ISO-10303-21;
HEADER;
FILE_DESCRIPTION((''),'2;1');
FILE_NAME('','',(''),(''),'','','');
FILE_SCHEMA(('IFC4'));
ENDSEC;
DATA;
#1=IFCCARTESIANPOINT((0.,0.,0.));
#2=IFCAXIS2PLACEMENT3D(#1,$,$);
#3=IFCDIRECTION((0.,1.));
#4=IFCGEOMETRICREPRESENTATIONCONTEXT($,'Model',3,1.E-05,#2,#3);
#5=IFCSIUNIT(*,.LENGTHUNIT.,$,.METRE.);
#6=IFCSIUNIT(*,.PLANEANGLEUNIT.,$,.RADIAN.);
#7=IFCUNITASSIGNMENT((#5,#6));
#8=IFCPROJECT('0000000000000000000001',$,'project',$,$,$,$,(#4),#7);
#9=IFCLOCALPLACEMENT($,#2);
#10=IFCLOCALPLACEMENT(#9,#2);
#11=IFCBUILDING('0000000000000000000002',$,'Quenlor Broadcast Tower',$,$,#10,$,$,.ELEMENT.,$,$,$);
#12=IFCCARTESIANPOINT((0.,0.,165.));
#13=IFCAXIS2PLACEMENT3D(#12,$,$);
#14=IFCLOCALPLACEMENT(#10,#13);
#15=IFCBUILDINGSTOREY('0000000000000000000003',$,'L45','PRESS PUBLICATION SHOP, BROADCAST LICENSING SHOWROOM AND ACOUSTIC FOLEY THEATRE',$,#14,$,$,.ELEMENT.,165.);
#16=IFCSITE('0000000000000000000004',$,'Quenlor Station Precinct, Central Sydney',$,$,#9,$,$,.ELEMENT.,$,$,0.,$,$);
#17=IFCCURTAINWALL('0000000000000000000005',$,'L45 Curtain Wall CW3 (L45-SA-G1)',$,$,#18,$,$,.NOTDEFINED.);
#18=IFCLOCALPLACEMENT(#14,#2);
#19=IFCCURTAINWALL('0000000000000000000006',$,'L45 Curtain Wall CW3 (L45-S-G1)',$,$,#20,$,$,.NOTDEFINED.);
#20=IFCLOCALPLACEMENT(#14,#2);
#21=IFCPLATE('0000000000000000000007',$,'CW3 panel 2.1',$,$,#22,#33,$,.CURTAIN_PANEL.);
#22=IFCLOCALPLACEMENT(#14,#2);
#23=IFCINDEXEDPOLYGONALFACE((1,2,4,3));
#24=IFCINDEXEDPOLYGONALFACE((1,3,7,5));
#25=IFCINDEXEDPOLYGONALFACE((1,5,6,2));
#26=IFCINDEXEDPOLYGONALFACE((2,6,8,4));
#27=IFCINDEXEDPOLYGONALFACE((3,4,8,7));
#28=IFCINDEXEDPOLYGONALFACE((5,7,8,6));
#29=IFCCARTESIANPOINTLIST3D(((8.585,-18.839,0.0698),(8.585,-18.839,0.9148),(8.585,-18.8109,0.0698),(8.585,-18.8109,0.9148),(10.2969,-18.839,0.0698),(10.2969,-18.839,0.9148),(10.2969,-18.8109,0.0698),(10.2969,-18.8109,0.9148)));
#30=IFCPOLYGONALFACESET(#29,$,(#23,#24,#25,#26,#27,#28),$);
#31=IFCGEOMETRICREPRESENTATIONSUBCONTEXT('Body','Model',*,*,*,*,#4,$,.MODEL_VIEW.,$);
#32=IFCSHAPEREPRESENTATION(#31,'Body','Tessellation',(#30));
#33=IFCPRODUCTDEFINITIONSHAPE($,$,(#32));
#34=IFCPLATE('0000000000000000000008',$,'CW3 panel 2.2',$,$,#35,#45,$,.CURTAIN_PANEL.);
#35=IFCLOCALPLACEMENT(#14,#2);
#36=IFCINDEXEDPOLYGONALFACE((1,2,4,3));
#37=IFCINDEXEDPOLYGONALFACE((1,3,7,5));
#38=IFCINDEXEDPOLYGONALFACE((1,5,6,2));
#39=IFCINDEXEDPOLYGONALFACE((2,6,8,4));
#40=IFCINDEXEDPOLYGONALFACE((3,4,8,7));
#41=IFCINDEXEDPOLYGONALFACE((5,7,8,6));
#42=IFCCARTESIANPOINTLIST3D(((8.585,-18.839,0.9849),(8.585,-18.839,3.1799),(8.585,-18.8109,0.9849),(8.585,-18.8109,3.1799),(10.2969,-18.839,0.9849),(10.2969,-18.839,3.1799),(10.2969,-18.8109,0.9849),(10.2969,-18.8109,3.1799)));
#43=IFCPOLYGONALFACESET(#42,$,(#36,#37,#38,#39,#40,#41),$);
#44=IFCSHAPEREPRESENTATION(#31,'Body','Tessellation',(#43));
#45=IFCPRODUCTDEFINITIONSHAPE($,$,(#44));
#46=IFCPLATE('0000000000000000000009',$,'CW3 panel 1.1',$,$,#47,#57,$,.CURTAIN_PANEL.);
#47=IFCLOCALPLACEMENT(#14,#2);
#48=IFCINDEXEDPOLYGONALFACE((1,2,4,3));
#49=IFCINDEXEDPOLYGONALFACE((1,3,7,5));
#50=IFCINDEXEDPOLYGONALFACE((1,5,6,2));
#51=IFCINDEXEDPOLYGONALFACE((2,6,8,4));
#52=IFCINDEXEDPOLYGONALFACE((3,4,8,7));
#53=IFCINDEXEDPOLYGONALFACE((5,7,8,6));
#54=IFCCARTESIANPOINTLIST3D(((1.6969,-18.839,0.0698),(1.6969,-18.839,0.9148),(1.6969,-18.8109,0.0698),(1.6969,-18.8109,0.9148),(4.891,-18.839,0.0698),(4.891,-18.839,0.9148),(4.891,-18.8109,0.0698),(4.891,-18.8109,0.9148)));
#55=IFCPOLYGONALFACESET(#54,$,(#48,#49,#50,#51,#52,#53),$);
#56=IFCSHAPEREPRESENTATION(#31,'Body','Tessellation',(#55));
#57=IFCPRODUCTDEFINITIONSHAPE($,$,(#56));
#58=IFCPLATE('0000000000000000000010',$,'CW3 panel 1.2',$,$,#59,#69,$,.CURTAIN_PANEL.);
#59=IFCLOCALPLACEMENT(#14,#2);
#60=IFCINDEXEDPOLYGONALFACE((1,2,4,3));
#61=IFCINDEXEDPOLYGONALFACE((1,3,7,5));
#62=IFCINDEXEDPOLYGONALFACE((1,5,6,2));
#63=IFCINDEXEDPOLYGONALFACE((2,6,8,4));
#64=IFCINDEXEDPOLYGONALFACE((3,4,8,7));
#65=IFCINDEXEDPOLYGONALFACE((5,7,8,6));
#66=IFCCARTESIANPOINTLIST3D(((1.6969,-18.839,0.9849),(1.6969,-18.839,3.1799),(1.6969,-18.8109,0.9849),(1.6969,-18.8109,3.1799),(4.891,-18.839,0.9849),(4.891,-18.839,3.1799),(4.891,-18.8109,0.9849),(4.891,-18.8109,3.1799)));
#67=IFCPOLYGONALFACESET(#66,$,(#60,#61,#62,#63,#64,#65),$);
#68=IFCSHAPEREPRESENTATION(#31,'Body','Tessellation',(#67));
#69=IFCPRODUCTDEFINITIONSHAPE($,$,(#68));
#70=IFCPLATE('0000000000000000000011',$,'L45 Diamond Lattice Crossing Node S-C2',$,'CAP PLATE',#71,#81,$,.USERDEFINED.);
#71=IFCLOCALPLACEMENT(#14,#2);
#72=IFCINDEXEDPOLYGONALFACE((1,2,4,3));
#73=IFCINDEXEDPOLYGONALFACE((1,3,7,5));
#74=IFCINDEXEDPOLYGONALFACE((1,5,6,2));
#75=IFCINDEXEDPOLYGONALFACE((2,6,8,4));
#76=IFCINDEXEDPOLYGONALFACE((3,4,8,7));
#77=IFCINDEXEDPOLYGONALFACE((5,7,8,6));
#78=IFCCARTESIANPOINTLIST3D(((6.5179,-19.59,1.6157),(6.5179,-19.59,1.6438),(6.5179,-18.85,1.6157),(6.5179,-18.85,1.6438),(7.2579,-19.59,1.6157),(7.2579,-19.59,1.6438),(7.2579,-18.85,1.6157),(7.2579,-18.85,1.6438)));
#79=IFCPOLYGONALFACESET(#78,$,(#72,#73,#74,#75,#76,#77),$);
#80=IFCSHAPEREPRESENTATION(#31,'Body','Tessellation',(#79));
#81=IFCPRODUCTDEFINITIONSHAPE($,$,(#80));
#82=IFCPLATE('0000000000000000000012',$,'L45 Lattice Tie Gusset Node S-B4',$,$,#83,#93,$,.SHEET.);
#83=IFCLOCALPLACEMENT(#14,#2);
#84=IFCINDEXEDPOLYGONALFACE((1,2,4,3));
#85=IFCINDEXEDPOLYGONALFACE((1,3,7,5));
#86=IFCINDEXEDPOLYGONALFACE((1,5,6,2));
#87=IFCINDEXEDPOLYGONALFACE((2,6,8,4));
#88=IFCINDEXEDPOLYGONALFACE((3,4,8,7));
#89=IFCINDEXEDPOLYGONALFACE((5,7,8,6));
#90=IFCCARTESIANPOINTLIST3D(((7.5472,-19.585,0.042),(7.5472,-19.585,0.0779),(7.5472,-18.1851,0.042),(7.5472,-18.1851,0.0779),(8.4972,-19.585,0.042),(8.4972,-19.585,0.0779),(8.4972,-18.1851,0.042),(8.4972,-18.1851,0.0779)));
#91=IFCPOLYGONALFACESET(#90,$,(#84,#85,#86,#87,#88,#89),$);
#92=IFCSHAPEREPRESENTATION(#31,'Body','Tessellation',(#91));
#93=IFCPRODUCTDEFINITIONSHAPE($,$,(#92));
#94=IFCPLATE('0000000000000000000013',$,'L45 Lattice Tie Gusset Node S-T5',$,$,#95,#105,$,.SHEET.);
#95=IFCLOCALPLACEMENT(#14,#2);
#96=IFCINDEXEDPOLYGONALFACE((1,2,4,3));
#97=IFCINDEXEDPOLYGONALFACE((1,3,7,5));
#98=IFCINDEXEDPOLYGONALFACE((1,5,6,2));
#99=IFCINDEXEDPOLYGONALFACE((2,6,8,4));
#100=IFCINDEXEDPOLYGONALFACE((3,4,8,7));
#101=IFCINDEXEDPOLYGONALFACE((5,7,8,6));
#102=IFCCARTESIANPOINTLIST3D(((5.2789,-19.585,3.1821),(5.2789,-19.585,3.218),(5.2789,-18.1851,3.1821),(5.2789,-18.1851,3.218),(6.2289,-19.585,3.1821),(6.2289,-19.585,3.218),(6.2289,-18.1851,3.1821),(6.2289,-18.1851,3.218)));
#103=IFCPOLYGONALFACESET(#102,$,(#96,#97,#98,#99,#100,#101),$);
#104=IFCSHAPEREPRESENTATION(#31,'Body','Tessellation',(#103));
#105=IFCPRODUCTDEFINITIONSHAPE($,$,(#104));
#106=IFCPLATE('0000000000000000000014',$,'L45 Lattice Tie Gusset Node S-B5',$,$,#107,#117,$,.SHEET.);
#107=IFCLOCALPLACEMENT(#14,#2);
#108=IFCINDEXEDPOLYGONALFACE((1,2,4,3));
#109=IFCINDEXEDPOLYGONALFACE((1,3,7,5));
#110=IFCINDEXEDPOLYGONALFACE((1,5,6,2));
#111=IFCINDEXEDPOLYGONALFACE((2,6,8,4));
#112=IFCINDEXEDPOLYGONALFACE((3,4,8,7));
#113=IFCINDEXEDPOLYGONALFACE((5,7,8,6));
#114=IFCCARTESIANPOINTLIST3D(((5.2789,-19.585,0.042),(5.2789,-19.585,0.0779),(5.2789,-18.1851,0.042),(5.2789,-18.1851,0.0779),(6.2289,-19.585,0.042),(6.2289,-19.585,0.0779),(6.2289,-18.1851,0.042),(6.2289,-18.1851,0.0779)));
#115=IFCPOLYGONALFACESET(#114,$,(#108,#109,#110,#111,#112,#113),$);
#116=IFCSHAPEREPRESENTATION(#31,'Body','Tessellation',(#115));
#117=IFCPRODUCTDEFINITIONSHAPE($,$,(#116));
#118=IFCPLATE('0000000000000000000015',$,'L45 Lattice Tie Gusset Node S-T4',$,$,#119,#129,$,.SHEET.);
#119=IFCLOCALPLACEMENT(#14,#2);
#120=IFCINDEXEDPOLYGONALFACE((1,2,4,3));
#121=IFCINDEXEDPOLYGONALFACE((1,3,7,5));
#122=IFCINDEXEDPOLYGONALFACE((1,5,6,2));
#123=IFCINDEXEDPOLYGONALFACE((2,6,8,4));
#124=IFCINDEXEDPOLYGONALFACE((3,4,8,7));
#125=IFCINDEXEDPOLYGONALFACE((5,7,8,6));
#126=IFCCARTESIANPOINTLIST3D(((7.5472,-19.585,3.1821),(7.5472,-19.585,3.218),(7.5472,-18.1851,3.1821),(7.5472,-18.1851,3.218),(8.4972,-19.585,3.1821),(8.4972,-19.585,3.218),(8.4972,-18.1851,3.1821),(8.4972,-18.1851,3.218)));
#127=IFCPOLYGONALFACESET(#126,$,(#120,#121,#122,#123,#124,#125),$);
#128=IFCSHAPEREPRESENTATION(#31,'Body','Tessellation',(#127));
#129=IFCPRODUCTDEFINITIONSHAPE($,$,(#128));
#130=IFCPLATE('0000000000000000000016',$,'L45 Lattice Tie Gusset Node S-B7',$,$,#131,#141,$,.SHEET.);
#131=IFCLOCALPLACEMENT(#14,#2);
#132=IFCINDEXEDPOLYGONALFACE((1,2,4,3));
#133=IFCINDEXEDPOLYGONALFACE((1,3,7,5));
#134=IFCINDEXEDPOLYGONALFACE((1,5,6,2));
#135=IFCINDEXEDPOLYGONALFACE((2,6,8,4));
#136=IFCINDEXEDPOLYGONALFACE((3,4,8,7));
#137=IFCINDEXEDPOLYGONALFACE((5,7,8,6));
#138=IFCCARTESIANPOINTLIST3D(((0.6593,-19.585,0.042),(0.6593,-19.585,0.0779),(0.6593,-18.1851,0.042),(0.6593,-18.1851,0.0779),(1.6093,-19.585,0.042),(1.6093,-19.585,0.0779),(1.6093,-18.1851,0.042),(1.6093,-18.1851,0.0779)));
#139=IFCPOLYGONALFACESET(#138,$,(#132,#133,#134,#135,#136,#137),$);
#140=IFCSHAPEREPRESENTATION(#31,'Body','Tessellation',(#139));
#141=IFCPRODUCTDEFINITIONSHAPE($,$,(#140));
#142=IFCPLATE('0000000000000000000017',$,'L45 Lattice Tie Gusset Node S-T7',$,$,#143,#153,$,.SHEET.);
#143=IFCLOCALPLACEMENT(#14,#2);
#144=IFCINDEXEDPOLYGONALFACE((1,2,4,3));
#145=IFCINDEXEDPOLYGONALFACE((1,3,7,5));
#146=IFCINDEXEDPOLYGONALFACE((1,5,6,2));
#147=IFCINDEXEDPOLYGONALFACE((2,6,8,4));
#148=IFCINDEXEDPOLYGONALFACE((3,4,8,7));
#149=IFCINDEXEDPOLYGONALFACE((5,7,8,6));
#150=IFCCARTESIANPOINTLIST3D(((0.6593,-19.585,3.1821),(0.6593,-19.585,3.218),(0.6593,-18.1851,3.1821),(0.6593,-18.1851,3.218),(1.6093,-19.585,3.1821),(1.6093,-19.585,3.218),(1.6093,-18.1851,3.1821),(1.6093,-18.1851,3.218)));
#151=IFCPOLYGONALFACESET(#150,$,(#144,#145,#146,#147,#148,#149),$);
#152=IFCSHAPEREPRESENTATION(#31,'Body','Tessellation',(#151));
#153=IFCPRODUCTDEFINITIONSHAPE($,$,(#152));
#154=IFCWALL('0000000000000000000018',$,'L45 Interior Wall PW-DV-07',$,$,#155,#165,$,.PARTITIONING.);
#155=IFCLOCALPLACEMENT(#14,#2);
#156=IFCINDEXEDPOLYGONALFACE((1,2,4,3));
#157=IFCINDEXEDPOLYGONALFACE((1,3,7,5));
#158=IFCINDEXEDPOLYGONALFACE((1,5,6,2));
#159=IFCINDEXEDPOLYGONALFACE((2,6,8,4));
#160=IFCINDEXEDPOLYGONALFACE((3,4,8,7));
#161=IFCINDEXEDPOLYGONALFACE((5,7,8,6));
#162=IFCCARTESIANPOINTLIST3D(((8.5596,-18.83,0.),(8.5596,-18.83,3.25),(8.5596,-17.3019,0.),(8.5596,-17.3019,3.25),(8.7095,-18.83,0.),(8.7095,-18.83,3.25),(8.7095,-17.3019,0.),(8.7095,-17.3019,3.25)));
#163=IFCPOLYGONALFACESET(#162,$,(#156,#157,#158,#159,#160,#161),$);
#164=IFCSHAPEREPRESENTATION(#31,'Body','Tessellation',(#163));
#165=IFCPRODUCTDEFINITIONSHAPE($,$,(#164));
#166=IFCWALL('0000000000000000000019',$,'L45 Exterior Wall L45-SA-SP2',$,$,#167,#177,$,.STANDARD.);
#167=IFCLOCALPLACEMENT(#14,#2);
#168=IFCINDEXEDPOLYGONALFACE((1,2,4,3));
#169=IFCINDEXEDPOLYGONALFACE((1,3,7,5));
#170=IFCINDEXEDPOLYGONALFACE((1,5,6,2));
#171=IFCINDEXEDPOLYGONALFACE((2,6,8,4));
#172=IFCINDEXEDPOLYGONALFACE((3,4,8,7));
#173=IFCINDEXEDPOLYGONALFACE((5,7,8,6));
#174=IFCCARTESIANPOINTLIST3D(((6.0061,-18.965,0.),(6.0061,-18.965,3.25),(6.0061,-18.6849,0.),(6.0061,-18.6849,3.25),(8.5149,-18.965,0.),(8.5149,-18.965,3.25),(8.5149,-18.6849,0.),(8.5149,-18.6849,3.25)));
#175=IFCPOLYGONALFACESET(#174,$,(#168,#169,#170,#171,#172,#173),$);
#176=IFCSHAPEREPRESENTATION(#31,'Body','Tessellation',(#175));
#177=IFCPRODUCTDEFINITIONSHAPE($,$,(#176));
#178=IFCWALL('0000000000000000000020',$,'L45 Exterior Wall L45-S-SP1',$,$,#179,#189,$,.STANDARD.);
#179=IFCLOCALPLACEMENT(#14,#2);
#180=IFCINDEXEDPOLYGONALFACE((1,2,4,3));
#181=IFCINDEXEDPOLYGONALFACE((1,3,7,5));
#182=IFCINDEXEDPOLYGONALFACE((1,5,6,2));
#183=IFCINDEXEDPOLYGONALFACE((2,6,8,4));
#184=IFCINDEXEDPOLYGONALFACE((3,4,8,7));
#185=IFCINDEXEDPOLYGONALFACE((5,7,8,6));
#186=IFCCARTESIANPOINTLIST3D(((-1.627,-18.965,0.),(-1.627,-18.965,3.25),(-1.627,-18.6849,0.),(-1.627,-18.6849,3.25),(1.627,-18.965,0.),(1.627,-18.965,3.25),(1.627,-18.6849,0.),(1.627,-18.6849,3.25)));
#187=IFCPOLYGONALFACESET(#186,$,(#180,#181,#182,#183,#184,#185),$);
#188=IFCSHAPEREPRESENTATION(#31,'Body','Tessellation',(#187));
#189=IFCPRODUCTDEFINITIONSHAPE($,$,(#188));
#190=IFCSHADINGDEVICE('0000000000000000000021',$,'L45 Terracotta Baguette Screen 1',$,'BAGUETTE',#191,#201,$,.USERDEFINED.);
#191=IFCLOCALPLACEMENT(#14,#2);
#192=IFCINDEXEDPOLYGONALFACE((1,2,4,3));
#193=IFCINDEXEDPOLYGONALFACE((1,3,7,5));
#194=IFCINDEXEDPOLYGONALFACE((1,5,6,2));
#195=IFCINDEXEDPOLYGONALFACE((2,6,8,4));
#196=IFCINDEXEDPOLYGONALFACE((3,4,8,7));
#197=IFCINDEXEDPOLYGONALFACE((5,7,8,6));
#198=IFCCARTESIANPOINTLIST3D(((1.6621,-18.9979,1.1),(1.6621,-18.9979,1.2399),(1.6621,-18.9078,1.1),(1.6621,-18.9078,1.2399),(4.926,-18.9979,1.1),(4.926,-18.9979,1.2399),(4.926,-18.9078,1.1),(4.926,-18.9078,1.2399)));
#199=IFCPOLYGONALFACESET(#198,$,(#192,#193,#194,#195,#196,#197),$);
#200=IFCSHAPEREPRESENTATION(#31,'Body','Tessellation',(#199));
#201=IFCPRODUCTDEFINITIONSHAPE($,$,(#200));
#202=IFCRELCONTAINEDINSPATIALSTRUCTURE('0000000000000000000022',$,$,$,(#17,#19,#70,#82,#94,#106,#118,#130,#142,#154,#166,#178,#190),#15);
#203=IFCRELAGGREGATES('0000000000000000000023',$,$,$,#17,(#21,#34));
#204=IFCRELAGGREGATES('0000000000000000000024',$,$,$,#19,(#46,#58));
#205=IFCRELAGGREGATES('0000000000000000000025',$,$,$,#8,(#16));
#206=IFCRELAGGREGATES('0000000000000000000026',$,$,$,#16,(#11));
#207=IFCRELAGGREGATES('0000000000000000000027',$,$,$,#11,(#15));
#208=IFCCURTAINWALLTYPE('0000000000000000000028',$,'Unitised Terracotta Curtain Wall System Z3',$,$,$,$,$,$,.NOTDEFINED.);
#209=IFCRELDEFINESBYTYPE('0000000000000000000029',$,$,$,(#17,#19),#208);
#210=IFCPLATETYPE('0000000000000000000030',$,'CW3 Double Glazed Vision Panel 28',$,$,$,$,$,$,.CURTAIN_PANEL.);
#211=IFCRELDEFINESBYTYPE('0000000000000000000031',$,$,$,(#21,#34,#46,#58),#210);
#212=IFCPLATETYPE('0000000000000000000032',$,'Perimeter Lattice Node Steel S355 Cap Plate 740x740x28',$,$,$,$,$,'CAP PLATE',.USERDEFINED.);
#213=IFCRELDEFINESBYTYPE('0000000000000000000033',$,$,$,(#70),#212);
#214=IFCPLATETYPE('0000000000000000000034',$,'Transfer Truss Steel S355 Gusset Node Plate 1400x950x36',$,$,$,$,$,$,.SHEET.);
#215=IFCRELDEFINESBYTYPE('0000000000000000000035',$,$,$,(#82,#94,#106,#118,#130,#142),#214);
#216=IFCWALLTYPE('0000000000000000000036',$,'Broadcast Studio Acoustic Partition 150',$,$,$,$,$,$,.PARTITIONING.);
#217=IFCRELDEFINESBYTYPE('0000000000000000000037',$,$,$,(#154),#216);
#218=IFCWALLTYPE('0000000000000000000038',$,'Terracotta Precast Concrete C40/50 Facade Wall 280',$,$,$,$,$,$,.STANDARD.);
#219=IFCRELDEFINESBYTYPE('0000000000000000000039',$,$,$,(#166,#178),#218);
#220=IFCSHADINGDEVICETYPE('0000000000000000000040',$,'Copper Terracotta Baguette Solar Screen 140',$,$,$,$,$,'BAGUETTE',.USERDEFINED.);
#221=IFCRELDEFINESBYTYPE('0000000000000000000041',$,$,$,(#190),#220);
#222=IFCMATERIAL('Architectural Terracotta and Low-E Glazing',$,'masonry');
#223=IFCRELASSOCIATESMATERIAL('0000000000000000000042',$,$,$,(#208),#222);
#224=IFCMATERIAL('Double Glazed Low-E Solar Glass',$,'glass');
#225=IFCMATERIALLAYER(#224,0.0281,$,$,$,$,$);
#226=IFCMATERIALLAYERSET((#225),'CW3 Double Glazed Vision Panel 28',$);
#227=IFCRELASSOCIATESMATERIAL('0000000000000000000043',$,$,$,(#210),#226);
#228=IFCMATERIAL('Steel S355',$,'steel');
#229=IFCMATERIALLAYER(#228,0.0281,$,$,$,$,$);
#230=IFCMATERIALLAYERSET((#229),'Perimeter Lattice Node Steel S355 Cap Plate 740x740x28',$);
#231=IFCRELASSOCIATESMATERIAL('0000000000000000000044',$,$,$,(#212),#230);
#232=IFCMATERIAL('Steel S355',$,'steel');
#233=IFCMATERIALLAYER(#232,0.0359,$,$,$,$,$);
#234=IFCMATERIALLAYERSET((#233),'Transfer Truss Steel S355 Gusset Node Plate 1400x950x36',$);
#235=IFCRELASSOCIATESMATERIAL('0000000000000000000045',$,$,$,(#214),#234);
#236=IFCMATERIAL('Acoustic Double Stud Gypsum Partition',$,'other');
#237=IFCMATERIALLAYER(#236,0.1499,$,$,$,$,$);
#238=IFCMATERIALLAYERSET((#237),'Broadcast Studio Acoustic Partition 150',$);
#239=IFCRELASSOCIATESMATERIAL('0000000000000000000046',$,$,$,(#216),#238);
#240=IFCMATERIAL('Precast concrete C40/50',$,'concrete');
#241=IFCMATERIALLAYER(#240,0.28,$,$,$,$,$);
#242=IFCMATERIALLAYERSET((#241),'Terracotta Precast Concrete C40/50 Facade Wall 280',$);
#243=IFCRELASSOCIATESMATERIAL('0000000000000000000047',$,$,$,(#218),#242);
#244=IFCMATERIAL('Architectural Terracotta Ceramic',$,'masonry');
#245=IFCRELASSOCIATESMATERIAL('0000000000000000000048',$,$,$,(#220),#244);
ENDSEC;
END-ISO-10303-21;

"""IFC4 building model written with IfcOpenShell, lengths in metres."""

from ifc_helpers import new_model, si_unit, direction, frame, frame_2d, origin, origin_2d, place, context, subcontext, project, spatial, rectangle, extrude, material, layer, layer_set, material_profile, profile_set, type_object, element, aggregate, save


model = new_model("IFC4")

# Units and contexts
model_context = context("Model", 3, precision=1e-05, world=origin(), true_north=direction((0.0, 1.0)))
body_context = subcontext(model_context, "Body", "Model", "MODEL_VIEW")
ifc_project = project(units=[si_unit("LENGTHUNIT", "METRE"), si_unit("PLANEANGLEUNIT", "RADIAN")], contexts=[model_context])

# Site, building, storey
site_placement = place(None, origin())
site = spatial("IfcSite", under=ifc_project, at=site_placement, Name="Quenlor Station Precinct, Central Sydney", CompositionType="ELEMENT", RefElevation=0.0)
building_placement = place(site_placement, origin())
building = spatial("IfcBuilding", under=site, at=building_placement, Name="Quenlor Broadcast Tower", CompositionType="ELEMENT")
storey_placement = place(building_placement, frame((0.0, 0.0, 165.0)))
storey = spatial("IfcBuildingStorey", under=building, at=storey_placement, Name="L45", Description="PRESS PUBLICATION SHOP, BROADCAST LICENSING SHOWROOM AND ACOUSTIC FOLEY THEATRE", CompositionType="ELEMENT", Elevation=165.0)

# Curtain wall
ifc_material_1 = material(Name="Architectural Terracotta and Low-E Glazing", Category="masonry")
curtain_wall_type = type_object("IfcCurtainWallType", Name="Unitised Terracotta Curtain Wall System Z3", PredefinedType="NOTDEFINED", material=ifc_material_1)
curtain_wall_1_placement = place(storey_placement, origin())
curtain_wall_1 = element("IfcCurtainWall", 1, at=curtain_wall_1_placement, inside=storey, type_object=curtain_wall_type, Name="L45 Curtain Wall CW3 (L45-SA-G1)", PredefinedType="NOTDEFINED")

# Curtain wall
curtain_wall_2_placement = place(storey_placement, origin())
curtain_wall_2 = element("IfcCurtainWall", 2, at=curtain_wall_2_placement, inside=storey, type_object=curtain_wall_type, Name="L45 Curtain Wall CW3 (L45-S-G1)", PredefinedType="NOTDEFINED")

# Plates
ifc_material_2 = material(Name="Double Glazed Low-E Solar Glass", Category="glass")
ifc_layer_1 = layer(ifc_material_2, 0.0281)
ifc_layer_set_1 = layer_set([ifc_layer_1], Name="CW3 Double Glazed Vision Panel 28")
plate_type_1 = type_object("IfcPlateType", Name="CW3 Double Glazed Vision Panel 28", PredefinedType="CURTAIN_PANEL", material=ifc_layer_set_1)
plate_1_placement = place(storey_placement, frame((9.4409, -18.825, 0.0698), z_axis=(0.0, 0.0, 1.0), x_axis=(-1.0, 0.0, 0.0)))
plate_1 = element("IfcPlate", 3, at=plate_1_placement, type_object=plate_type_1, Name="CW3 panel 2.1", PredefinedType="CURTAIN_PANEL", context=body_context, shape_type="SweptSolid", body=[
    extrude(rectangle(XDim=1.7119, YDim=0.0281, at=origin_2d()), origin(), (0.0, 0.0, 1.0), 0.845),
])
plate_2_placement = place(storey_placement, frame((9.4409, -18.825, 0.9849), z_axis=(0.0, 0.0, 1.0), x_axis=(-1.0, 0.0, 0.0)))
plate_2 = element("IfcPlate", 4, at=plate_2_placement, type_object=plate_type_1, Name="CW3 panel 2.2", PredefinedType="CURTAIN_PANEL", context=body_context, shape_type="SweptSolid", body=[
    extrude(rectangle(XDim=1.7119, YDim=0.0281, at=origin_2d()), origin(), (0.0, 0.0, 1.0), 2.1951),
])
aggregate(curtain_wall_1, [plate_1, plate_2])
plate_3_placement = place(storey_placement, frame((3.2939, -18.825, 0.0698), z_axis=(0.0, 0.0, 1.0), x_axis=(-1.0, 0.0, 0.0)))
plate_3 = element("IfcPlate", 5, at=plate_3_placement, type_object=plate_type_1, Name="CW3 panel 1.1", PredefinedType="CURTAIN_PANEL", context=body_context, shape_type="SweptSolid", body=[
    extrude(rectangle(XDim=3.1941, YDim=0.0281, at=origin_2d()), origin(), (0.0, 0.0, 1.0), 0.845),
])
plate_4_placement = place(storey_placement, frame((3.2939, -18.825, 0.9849), z_axis=(0.0, 0.0, 1.0), x_axis=(-1.0, 0.0, 0.0)))
plate_4 = element("IfcPlate", 6, at=plate_4_placement, type_object=plate_type_1, Name="CW3 panel 1.2", PredefinedType="CURTAIN_PANEL", context=body_context, shape_type="SweptSolid", body=[
    extrude(rectangle(XDim=3.1941, YDim=0.0281, at=origin_2d()), origin(), (0.0, 0.0, 1.0), 2.1951),
])
aggregate(curtain_wall_2, [plate_3, plate_4])

# Plates
ifc_material_3 = material(Name="Steel S355", Category="steel")
ifc_layer_2 = layer(ifc_material_3, 0.0281)
ifc_layer_set_2 = layer_set([ifc_layer_2], Name="Perimeter Lattice Node Steel S355 Cap Plate 740x740x28")
plate_type_2 = type_object("IfcPlateType", Name="Perimeter Lattice Node Steel S355 Cap Plate 740x740x28", ElementType="CAP PLATE", PredefinedType="USERDEFINED", material=ifc_layer_set_2)
plate_5_placement = place(storey_placement, frame((6.8879, -19.22, 1.6157), z_axis=(0.0, 0.0, 1.0), x_axis=(-1.0, 0.0, 0.0)))
element("IfcPlate", 7, at=plate_5_placement, inside=storey, type_object=plate_type_2, Name="L45 Diamond Lattice Crossing Node S-C2", ObjectType="CAP PLATE", PredefinedType="USERDEFINED", context=body_context, shape_type="SweptSolid", body=[
    extrude(rectangle(XDim=0.74, YDim=0.74, at=origin_2d()), origin(), (0.0, 0.0, 1.0), 0.0281),
])
ifc_material_4 = material(Name="Steel S355", Category="steel")
ifc_layer_3 = layer(ifc_material_4, 0.0359)
ifc_layer_set_3 = layer_set([ifc_layer_3], Name="Transfer Truss Steel S355 Gusset Node Plate 1400x950x36")
plate_type_3 = type_object("IfcPlateType", Name="Transfer Truss Steel S355 Gusset Node Plate 1400x950x36", PredefinedType="SHEET", material=ifc_layer_set_3)
for number, where, z_axis, x_axis, name in (
    (8, (8.0222, -18.885, 0.042), (0.0, 0.0, 1.0), (0.0, -1.0, 0.0), "L45 Lattice Tie Gusset Node S-B4"),
    (9, (5.7539, -18.885, 3.1821), (0.0, 0.0, 1.0), (0.0, -1.0, 0.0), "L45 Lattice Tie Gusset Node S-T5"),
    (10, (5.7539, -18.885, 0.042), (0.0, 0.0, 1.0), (0.0, -1.0, 0.0), "L45 Lattice Tie Gusset Node S-B5"),
    (11, (8.0222, -18.885, 3.1821), (0.0, 0.0, 1.0), (0.0, -1.0, 0.0), "L45 Lattice Tie Gusset Node S-T4"),
    (12, (1.1343, -18.885, 0.042), (0.0, 0.0, 1.0), (0.0, -1.0, 0.0), "L45 Lattice Tie Gusset Node S-B7"),
    (13, (1.1343, -18.885, 3.1821), (0.0, 0.0, 1.0), (0.0, -1.0, 0.0), "L45 Lattice Tie Gusset Node S-T7"),
):
    element("IfcPlate", number, at=place(storey_placement, frame(where, z_axis=z_axis, x_axis=x_axis)), inside=storey, type_object=plate_type_3, Name=name, PredefinedType="SHEET", context=body_context, shape_type="SweptSolid", body=[
        extrude(rectangle(XDim=1.3999, YDim=0.95, at=origin_2d()), origin(), (0.0, 0.0, 1.0), 0.0359),
    ])

# Walls
ifc_material_5 = material(Name="Acoustic Double Stud Gypsum Partition", Category="other")
ifc_layer_4 = layer(ifc_material_5, 0.1499)
ifc_layer_set_4 = layer_set([ifc_layer_4], Name="Broadcast Studio Acoustic Partition 150")
wall_type_1 = type_object("IfcWallType", Name="Broadcast Studio Acoustic Partition 150", PredefinedType="PARTITIONING", material=ifc_layer_set_4)
wall_1_placement = place(storey_placement, frame((8.6345, -18.8301, 0.0), z_axis=(0.0, 0.0, 1.0), x_axis=(0.0, 1.0, 0.0)))
element("IfcWall", 14, at=wall_1_placement, inside=storey, type_object=wall_type_1, Name="L45 Interior Wall PW-DV-07", PredefinedType="PARTITIONING", context=body_context, shape_type="SweptSolid", body=[
    extrude(rectangle(XDim=1.5281, YDim=0.1499, at=frame_2d((0.7642, 0.0))), origin(), (0.0, 0.0, 1.0), 3.25),
])
ifc_material_6 = material(Name="Precast concrete C40/50", Category="concrete")
ifc_layer_5 = layer(ifc_material_6, 0.28)
ifc_layer_set_5 = layer_set([ifc_layer_5], Name="Terracotta Precast Concrete C40/50 Facade Wall 280")
wall_type_2 = type_object("IfcWallType", Name="Terracotta Precast Concrete C40/50 Facade Wall 280", PredefinedType="STANDARD", material=ifc_layer_set_5)
wall_2_placement = place(storey_placement, frame((8.5149, -18.825, 0.0), z_axis=(0.0, 0.0, 1.0), x_axis=(-1.0, 0.0, 0.0)))
element("IfcWall", 15, at=wall_2_placement, inside=storey, type_object=wall_type_2, Name="L45 Exterior Wall L45-SA-SP2", PredefinedType="STANDARD", context=body_context, shape_type="SweptSolid", body=[
    extrude(rectangle(XDim=2.5088, YDim=0.28, at=frame_2d((1.2544, 0.0))), origin(), (0.0, 0.0, 1.0), 3.25),
])
wall_3_placement = place(storey_placement, frame((1.627, -18.825, 0.0), z_axis=(0.0, 0.0, 1.0), x_axis=(-1.0, 0.0, 0.0)))
element("IfcWall", 16, at=wall_3_placement, inside=storey, type_object=wall_type_2, Name="L45 Exterior Wall L45-S-SP1", PredefinedType="STANDARD", context=body_context, shape_type="SweptSolid", body=[
    extrude(rectangle(XDim=3.2539, YDim=0.28, at=frame_2d((1.627, 0.0))), origin(), (0.0, 0.0, 1.0), 3.25),
])

# Shading device
ifc_material_7 = material(Name="Architectural Terracotta Ceramic", Category="masonry")
ifc_material_profile_1 = material_profile(ifc_material_7, rectangle(XDim=0.0901, YDim=0.1399, at=origin_2d()))
ifc_profile_set_1 = profile_set([ifc_material_profile_1], Name="Architectural Terracotta Ceramic BAG90x140")
shading_device_type = type_object("IfcShadingDeviceType", Name="Copper Terracotta Baguette Solar Screen 140", ElementType="BAGUETTE", PredefinedType="USERDEFINED", material=ifc_profile_set_1)
for number, where, z_axis, x_axis, name in (
    (17, (4.926, -18.9529, 1.1699), (-1.0, 0.0, 0.0), (0.0, -1.0, 0.0), "L45 Terracotta Baguette Screen 1"),
):
    element("IfcShadingDevice", number, at=place(storey_placement, frame(where, z_axis=z_axis, x_axis=x_axis)), inside=storey, type_object=shading_device_type, Name=name, ObjectType="BAGUETTE", PredefinedType="USERDEFINED", context=body_context, shape_type="SweptSolid", body=[
        extrude(rectangle(XDim=0.0901, YDim=0.1399, at=origin_2d()), origin(), (0.0, 0.0, 1.0), 3.2639),
    ])

save(model, "model.ifc")
